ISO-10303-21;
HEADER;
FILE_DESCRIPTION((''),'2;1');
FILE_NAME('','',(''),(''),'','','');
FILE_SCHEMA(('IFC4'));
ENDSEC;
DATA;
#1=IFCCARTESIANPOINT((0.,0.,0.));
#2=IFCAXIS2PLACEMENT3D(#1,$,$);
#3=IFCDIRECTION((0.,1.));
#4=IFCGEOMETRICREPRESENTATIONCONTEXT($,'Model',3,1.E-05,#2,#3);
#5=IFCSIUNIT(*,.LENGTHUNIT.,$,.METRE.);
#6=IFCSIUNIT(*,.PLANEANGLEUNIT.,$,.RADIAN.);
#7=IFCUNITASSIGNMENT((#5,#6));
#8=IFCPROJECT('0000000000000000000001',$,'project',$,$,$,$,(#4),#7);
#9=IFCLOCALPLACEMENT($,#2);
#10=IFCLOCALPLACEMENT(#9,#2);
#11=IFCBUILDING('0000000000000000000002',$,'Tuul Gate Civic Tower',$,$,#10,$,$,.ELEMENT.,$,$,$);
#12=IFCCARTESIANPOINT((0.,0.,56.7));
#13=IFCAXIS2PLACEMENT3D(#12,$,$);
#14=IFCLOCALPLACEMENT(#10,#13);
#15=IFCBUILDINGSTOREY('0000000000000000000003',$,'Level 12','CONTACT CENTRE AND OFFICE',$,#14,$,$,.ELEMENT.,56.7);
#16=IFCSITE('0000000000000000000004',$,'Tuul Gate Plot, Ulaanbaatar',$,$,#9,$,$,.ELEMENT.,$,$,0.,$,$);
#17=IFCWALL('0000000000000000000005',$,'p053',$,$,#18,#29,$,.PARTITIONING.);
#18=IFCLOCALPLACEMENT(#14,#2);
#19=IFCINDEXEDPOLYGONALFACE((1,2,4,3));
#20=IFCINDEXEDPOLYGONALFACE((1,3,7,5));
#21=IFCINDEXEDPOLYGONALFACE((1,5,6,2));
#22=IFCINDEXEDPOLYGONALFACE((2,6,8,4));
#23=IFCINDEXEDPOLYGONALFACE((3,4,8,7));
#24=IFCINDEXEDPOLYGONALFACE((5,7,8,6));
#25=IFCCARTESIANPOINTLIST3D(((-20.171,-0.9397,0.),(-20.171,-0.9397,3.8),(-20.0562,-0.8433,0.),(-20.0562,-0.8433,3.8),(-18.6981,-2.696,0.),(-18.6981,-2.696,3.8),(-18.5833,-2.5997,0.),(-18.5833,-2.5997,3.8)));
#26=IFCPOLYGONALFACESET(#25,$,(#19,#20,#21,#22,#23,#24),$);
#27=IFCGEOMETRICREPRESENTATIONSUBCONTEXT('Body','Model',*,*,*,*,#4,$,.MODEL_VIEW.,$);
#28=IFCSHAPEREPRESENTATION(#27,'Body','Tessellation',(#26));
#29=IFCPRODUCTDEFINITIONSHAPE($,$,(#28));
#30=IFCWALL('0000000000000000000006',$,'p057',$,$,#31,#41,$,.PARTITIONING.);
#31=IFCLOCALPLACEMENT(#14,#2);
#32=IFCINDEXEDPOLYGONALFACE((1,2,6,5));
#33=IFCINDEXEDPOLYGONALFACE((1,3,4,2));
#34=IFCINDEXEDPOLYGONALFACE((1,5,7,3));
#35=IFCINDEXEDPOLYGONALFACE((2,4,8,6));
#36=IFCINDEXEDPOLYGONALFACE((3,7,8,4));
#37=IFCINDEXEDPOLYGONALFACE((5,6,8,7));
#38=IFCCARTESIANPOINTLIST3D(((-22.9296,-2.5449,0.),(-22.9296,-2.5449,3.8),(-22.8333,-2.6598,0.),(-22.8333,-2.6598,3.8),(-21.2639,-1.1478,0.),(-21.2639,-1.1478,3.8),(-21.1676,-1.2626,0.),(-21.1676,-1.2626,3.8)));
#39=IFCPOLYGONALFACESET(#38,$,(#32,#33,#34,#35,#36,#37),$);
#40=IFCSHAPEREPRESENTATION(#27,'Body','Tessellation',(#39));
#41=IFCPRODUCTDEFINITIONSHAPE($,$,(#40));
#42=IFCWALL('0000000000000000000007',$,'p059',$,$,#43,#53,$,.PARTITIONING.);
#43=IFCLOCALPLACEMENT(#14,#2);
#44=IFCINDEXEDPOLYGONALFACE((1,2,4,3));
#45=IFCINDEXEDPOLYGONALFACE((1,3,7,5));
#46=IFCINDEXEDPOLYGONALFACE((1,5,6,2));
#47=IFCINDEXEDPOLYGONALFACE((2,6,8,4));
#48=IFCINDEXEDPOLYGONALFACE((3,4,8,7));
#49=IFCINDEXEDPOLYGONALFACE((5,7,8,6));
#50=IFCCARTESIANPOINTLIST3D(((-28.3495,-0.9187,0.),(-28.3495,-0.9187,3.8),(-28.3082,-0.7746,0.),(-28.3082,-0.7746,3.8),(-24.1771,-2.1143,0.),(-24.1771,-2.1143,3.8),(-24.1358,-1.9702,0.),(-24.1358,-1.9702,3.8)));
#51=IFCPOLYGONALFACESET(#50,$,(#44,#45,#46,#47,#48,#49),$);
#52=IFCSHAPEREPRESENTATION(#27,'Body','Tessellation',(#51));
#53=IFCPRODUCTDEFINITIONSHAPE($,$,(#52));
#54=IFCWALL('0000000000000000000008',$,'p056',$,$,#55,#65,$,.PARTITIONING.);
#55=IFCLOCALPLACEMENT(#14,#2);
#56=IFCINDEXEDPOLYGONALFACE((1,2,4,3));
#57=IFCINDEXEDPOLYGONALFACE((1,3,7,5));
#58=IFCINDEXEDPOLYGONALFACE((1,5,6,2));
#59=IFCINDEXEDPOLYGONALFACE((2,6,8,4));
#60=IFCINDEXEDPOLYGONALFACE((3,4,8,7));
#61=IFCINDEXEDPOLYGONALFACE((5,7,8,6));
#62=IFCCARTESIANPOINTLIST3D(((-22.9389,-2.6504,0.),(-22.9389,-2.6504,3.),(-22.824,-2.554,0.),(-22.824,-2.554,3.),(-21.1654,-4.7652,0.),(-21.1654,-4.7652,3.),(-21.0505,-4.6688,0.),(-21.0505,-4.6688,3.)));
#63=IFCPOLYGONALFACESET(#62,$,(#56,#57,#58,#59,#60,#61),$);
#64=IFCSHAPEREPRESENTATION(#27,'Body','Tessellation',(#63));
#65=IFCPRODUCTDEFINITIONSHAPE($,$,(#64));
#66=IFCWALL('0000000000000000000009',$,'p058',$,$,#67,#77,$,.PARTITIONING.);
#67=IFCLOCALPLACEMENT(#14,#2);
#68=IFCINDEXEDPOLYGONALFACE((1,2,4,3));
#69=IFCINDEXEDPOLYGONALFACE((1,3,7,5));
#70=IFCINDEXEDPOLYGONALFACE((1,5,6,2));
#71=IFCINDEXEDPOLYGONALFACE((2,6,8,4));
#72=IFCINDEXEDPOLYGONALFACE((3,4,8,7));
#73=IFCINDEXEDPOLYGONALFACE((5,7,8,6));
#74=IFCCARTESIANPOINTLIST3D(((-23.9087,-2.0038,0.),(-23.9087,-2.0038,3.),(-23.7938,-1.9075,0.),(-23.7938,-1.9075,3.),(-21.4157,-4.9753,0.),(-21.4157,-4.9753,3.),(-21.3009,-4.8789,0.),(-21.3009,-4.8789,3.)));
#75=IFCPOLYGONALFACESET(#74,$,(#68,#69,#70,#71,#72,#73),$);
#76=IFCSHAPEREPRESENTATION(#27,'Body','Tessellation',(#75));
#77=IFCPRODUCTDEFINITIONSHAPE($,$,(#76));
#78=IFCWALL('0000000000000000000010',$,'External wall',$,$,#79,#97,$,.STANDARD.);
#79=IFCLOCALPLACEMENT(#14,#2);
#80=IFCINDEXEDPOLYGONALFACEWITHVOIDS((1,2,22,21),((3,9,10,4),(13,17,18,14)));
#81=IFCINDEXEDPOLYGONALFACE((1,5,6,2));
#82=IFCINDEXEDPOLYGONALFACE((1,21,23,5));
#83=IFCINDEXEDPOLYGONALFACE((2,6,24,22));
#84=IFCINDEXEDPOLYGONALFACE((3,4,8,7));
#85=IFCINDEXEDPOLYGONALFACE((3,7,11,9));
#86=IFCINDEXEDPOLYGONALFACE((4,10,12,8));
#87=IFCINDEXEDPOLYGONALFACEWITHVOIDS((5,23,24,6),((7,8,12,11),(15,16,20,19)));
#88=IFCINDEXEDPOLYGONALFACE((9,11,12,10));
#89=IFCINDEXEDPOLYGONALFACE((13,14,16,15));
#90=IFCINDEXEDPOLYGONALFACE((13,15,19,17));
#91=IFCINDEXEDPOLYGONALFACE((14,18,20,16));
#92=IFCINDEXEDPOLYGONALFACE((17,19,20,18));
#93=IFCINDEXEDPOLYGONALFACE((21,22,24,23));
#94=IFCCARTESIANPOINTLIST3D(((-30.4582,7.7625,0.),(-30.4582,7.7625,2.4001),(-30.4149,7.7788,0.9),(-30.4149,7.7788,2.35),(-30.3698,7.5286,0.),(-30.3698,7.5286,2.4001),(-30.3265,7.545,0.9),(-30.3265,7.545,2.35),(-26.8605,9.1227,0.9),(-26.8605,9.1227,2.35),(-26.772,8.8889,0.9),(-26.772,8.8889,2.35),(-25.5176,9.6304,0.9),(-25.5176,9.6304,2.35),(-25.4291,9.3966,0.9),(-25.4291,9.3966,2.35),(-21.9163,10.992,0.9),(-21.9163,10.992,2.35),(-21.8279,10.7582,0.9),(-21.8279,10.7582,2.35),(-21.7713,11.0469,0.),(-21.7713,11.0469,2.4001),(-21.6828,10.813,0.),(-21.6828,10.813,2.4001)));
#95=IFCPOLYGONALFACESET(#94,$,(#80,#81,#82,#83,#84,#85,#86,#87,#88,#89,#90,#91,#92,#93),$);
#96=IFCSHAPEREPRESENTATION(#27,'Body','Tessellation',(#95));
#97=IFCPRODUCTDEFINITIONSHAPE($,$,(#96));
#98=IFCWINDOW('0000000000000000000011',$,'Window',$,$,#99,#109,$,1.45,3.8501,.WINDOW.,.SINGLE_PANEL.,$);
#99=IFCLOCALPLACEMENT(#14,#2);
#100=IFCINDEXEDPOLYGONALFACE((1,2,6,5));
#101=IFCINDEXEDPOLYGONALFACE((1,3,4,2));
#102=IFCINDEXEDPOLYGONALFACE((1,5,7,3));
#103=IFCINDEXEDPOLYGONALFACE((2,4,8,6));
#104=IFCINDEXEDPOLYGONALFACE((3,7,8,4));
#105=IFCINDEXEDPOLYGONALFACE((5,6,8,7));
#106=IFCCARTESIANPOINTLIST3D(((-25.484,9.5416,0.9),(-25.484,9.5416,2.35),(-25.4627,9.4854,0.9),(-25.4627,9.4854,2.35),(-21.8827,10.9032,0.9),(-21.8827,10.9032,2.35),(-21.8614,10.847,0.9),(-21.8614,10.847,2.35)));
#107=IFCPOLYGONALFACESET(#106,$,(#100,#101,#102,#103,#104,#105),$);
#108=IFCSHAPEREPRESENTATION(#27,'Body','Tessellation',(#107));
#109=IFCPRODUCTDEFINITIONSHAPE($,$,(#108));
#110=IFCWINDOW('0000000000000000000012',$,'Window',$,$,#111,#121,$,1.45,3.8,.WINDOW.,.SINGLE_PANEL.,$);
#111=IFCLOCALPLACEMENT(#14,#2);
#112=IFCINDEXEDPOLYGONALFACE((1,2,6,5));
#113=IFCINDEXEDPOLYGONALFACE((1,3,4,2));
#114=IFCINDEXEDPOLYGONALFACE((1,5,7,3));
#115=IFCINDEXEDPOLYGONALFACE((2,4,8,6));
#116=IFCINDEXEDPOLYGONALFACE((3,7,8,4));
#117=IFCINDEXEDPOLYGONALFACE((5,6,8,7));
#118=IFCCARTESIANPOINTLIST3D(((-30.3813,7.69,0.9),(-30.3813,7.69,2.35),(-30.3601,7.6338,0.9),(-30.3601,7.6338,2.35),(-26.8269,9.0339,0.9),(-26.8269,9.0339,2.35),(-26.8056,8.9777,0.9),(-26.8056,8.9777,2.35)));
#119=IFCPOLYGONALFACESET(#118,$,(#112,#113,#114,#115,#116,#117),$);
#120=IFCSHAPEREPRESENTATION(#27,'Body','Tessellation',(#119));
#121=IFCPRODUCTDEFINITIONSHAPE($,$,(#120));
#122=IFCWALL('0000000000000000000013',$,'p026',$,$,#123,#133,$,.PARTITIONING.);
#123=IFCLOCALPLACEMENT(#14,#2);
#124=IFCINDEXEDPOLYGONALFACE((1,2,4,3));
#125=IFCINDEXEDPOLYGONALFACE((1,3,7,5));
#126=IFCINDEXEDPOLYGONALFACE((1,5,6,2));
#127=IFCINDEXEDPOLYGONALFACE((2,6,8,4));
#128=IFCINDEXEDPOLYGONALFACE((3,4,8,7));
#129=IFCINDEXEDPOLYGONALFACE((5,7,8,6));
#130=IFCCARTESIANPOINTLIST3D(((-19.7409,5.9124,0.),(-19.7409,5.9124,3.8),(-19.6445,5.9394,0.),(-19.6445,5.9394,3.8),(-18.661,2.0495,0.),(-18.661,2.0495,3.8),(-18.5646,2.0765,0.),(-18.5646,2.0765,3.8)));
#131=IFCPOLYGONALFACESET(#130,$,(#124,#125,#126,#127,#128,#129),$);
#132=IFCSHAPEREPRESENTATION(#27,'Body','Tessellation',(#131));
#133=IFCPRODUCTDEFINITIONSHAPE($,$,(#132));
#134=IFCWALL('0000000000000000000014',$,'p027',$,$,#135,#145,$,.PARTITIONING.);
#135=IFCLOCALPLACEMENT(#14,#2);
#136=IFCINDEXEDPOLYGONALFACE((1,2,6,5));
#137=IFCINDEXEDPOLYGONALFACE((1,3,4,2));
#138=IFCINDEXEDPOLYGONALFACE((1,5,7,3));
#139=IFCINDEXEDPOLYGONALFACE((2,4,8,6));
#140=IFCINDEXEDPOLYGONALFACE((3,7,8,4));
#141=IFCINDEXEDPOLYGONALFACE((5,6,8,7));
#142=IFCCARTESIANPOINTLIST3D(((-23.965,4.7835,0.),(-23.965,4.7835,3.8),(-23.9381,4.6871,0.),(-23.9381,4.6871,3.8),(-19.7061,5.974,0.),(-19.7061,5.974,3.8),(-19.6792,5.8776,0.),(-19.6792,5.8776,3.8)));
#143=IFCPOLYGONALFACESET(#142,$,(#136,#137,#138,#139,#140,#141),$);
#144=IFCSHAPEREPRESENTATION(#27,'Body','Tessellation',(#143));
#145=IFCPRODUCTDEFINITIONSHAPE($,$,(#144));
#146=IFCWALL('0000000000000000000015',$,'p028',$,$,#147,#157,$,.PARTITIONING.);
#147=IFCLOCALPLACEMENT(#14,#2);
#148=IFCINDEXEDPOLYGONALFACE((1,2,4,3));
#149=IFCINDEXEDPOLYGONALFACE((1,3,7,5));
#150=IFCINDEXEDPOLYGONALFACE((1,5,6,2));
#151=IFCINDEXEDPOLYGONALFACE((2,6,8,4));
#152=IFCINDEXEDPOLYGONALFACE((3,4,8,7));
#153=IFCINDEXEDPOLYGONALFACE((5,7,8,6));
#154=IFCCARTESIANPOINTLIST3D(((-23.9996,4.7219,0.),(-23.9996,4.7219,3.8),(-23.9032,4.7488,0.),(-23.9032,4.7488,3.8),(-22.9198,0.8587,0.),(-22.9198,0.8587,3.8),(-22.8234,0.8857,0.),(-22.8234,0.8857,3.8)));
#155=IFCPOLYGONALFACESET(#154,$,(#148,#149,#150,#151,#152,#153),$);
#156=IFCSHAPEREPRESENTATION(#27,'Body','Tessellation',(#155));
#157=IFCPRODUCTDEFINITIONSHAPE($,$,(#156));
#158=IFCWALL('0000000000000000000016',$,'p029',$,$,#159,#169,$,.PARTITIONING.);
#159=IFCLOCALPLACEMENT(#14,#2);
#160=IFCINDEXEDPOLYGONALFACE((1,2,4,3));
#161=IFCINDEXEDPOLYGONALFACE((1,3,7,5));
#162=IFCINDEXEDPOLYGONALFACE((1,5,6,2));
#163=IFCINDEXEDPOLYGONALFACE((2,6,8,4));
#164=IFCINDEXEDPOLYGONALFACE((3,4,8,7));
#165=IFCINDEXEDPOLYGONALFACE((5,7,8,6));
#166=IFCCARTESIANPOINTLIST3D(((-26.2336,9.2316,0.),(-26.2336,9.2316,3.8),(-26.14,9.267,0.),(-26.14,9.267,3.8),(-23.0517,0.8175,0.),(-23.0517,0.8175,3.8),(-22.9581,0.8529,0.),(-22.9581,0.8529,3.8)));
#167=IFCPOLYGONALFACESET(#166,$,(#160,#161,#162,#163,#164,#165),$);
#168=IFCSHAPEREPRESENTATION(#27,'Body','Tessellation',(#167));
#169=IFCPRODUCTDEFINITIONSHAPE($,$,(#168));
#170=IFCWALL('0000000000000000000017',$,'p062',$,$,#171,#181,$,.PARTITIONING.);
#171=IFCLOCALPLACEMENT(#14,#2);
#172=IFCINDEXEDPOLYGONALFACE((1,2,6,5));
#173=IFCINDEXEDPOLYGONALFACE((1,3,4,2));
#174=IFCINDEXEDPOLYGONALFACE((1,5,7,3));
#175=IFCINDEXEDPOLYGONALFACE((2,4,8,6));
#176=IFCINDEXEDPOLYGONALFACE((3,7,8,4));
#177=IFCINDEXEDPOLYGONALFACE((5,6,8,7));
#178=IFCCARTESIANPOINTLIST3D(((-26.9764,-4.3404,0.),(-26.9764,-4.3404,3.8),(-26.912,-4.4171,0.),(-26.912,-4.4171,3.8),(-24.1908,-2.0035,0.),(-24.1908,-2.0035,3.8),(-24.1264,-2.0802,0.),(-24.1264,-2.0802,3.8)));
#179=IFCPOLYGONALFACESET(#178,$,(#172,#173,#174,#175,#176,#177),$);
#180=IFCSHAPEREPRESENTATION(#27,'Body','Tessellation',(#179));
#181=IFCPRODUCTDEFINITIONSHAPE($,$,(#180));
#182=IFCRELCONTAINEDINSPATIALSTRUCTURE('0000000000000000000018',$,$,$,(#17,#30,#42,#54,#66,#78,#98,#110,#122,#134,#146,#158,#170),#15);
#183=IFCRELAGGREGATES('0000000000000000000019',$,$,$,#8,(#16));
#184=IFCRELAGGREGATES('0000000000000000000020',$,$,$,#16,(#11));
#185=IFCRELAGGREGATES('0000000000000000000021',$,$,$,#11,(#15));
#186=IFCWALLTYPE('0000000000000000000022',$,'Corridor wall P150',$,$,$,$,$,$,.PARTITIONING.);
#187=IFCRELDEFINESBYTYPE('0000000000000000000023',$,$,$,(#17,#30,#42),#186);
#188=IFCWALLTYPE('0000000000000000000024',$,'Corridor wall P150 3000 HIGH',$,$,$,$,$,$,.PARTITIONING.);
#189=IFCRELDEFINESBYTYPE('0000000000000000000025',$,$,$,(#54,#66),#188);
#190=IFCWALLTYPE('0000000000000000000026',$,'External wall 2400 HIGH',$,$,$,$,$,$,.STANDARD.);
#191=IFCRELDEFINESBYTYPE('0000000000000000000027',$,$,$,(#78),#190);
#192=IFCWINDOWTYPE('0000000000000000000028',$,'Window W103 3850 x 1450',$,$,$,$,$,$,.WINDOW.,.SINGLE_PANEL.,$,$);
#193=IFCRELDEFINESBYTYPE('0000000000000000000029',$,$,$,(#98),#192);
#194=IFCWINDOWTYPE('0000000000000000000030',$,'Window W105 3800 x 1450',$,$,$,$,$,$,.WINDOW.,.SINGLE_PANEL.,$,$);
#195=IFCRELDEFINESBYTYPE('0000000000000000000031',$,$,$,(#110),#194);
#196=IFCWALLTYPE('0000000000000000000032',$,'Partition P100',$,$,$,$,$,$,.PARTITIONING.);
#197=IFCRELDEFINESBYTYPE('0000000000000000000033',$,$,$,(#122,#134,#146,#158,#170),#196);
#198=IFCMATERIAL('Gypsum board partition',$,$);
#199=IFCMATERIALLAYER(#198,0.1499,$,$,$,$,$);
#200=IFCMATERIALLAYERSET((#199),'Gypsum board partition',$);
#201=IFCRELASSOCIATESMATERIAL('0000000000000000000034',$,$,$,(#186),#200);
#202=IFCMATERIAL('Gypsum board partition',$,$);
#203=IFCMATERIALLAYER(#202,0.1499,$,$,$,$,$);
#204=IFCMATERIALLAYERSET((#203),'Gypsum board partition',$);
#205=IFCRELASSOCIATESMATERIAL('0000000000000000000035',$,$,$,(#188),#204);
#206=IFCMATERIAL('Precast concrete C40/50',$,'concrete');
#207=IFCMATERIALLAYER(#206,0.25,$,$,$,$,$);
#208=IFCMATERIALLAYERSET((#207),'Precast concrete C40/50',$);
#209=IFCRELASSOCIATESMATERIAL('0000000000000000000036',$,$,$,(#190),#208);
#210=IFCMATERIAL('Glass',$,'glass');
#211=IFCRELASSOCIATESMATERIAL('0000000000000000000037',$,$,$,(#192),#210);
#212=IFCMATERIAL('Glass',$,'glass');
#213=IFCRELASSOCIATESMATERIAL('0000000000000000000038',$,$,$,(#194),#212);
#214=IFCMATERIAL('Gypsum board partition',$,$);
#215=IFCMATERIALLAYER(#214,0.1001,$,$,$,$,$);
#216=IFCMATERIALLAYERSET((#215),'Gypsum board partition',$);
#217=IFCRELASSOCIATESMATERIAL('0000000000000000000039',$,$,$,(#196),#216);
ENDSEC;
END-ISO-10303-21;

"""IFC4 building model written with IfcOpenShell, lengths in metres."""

from ifc_helpers import new_model, si_unit, direction, frame, frame_2d, origin, place, context, subcontext, project, spatial, rectangle, extrude, material, layer, layer_set, type_object, element, fill, save


model = new_model("IFC4")

# Units and contexts
model_context = context("Model", 3, precision=1e-05, world=origin(), true_north=direction((0.0, 1.0)))
body_context = subcontext(model_context, "Body", "Model", "MODEL_VIEW")
ifc_project = project(units=[si_unit("LENGTHUNIT", "METRE"), si_unit("PLANEANGLEUNIT", "RADIAN")], contexts=[model_context])

# Site, building, storey
site_placement = place(None, origin())
site = spatial("IfcSite", under=ifc_project, at=site_placement, Name="Tuul Gate Plot, Ulaanbaatar", CompositionType="ELEMENT", RefElevation=0.0)
building_placement = place(site_placement, origin())
building = spatial("IfcBuilding", under=site, at=building_placement, Name="Tuul Gate Civic Tower", CompositionType="ELEMENT")
storey_placement = place(building_placement, frame((0.0, 0.0, 56.7)))
storey = spatial("IfcBuildingStorey", under=building, at=storey_placement, Name="Level 12", Description="CONTACT CENTRE AND OFFICE", CompositionType="ELEMENT", Elevation=56.7)

# Shared definitions
ifc_material_1 = material(Name="Gypsum board partition")
ifc_layer_1 = layer(ifc_material_1, 0.1499)
ifc_layer_set_1 = layer_set([ifc_layer_1], Name="Gypsum board partition")
wall_type_1 = type_object("IfcWallType", Name="Corridor wall P150", PredefinedType="PARTITIONING", material=ifc_layer_set_1)

# Walls
wall_1_placement = place(storey_placement, frame((-20.1135, -0.8916, 0.0), z_axis=(0.0, 0.0, 1.0), x_axis=(0.64257, -0.766227, 0.0)))
element("IfcWall", 1, at=wall_1_placement, inside=storey, type_object=wall_type_1, Name="p053", PredefinedType="PARTITIONING", context=body_context, shape_type="SweptSolid", body=[
    extrude(rectangle(XDim=2.2922, YDim=0.1499, at=frame_2d((1.146, 0.0))), origin(), (0.0, 0.0, 1.0), 3.8),
])
wall_2_placement = place(storey_placement, frame((-22.8813, -2.6023, 0.0), z_axis=(0.0, 0.0, 1.0), x_axis=(0.766165, 0.642644, 0.0)))
element("IfcWall", 2, at=wall_2_placement, inside=storey, type_object=wall_type_1, Name="p057", PredefinedType="PARTITIONING", context=body_context, shape_type="SweptSolid", body=[
    extrude(rectangle(XDim=2.1741, YDim=0.1499, at=frame_2d((1.0869, 0.0))), origin(), (0.0, 0.0, 1.0), 3.8),
])
wall_3_placement = place(storey_placement, frame((-28.3289, -0.8467, 0.0), z_axis=(0.0, 0.0, 1.0), x_axis=(0.961314, -0.275457, 0.0)))
element("IfcWall", 3, at=wall_3_placement, inside=storey, type_object=wall_type_1, Name="p059", PredefinedType="PARTITIONING", context=body_context, shape_type="SweptSolid", body=[
    extrude(rectangle(XDim=4.3403, YDim=0.1499, at=frame_2d((2.1702, 0.0))), origin(), (0.0, 0.0, 1.0), 3.8),
])
ifc_material_2 = material(Name="Gypsum board partition")
ifc_layer_2 = layer(ifc_material_2, 0.1499)
ifc_layer_set_2 = layer_set([ifc_layer_2], Name="Gypsum board partition")
wall_type_2 = type_object("IfcWallType", Name="Corridor wall P150 3000 HIGH", PredefinedType="PARTITIONING", material=ifc_layer_set_2)
wall_4_placement = place(storey_placement, frame((-22.8813, -2.6023, 0.0), z_axis=(0.0, 0.0, 1.0), x_axis=(0.642565, -0.766231, 0.0)))
element("IfcWall", 4, at=wall_4_placement, inside=storey, type_object=wall_type_2, Name="p056", PredefinedType="PARTITIONING", context=body_context, shape_type="SweptSolid", body=[
    extrude(rectangle(XDim=2.76, YDim=0.1499, at=frame_2d((1.3799, 0.0))), origin(), (0.0, 0.0, 1.0), 3.0),
])
wall_5_placement = place(storey_placement, frame((-23.8513, -1.9556, 0.0), z_axis=(0.0, 0.0, 1.0), x_axis=(0.642725, -0.766097, 0.0)))
element("IfcWall", 5, at=wall_5_placement, inside=storey, type_object=wall_type_2, Name="p058", PredefinedType="PARTITIONING", context=body_context, shape_type="SweptSolid", body=[
    extrude(rectangle(XDim=3.8787, YDim=0.1499, at=frame_2d((1.9395, 0.0))), origin(), (0.0, 0.0, 1.0), 3.0),
])

# Wall, openings, windows
ifc_material_3 = material(Name="Precast concrete C40/50", Category="concrete")
ifc_layer_3 = layer(ifc_material_3, 0.25)
ifc_layer_set_3 = layer_set([ifc_layer_3], Name="Precast concrete C40/50")
wall_type_3 = type_object("IfcWallType", Name="External wall 2400 HIGH", PredefinedType="STANDARD", material=ifc_layer_set_3)
wall_6_placement = place(storey_placement, frame((-21.7271, 10.9299, 0.0), z_axis=(0.0, 0.0, 1.0), x_axis=(-0.935377, -0.353652, 0.0)))
wall_6 = element("IfcWall", 6, at=wall_6_placement, inside=storey, type_object=wall_type_3, Name="External wall", PredefinedType="STANDARD", context=body_context, shape_type="SweptSolid", body=[
    extrude(rectangle(XDim=9.2871, YDim=0.25, at=frame_2d((4.6436, 0.0))), origin(), (0.0, 0.0, 1.0), 2.4001),
])
opening_1_placement = place(wall_6_placement, frame((0.155, 0.0, 0.8999)))
opening_1 = element("IfcOpeningElement", 7, at=opening_1_placement, cuts=wall_6, PredefinedType="OPENING", context=body_context, shape_type="SweptSolid", body=[
    extrude(rectangle(XDim=3.8501, YDim=1.45, at=frame_2d((1.925, 0.7251))), frame((0.0, 0.135, 0.0), z_axis=(0.0, -1.0, 0.0), x_axis=(1.0, 0.0, 0.0)), (0.0, 0.0, 1.0), 0.27),
])
opening_2_placement = place(wall_6_placement, frame((5.4409, 0.0, 0.8999)))
opening_2 = element("IfcOpeningElement", 8, at=opening_2_placement, cuts=wall_6, PredefinedType="OPENING", context=body_context, shape_type="SweptSolid", body=[
    extrude(rectangle(XDim=3.8, YDim=1.45, at=frame_2d((1.8999, 0.7251))), frame((0.0, 0.135, 0.0), z_axis=(0.0, -1.0, 0.0), x_axis=(1.0, 0.0, 0.0)), (0.0, 0.0, 1.0), 0.27),
])
ifc_material_4 = material(Name="Glass", Category="glass")
window_type_1 = type_object("IfcWindowType", Name="Window W103 3850 x 1450", PartitioningType="SINGLE_PANEL", PredefinedType="WINDOW", material=ifc_material_4)
window_1_placement = place(opening_1_placement, origin())
window_1 = element("IfcWindow", 9, at=window_1_placement, inside=storey, type_object=window_type_1, Name="Window", OverallHeight=1.45, OverallWidth=3.8501, PartitioningType="SINGLE_PANEL", PredefinedType="WINDOW", context=body_context, shape_type="SweptSolid", body=[
    extrude(rectangle(XDim=3.8501, YDim=1.45, at=frame_2d((1.925, 0.7251))), frame((0.0, 0.03, 0.0), z_axis=(0.0, -1.0, 0.0), x_axis=(1.0, 0.0, 0.0)), (0.0, 0.0, 1.0), 0.0601),
])
fill(opening_1, window_1)
ifc_material_5 = material(Name="Glass", Category="glass")
window_type_2 = type_object("IfcWindowType", Name="Window W105 3800 x 1450", PartitioningType="SINGLE_PANEL", PredefinedType="WINDOW", material=ifc_material_5)
window_2_placement = place(opening_2_placement, origin())
window_2 = element("IfcWindow", 10, at=window_2_placement, inside=storey, type_object=window_type_2, Name="Window", OverallHeight=1.45, OverallWidth=3.8, PartitioningType="SINGLE_PANEL", PredefinedType="WINDOW", context=body_context, shape_type="SweptSolid", body=[
    extrude(rectangle(XDim=3.8, YDim=1.45, at=frame_2d((1.8999, 0.7251))), frame((0.0, 0.03, 0.0), z_axis=(0.0, -1.0, 0.0), x_axis=(1.0, 0.0, 0.0)), (0.0, 0.0, 1.0), 0.0601),
])
fill(opening_2, window_2)

# Walls
ifc_material_6 = material(Name="Gypsum board partition")
ifc_layer_4 = layer(ifc_material_6, 0.1001)
ifc_layer_set_4 = layer_set([ifc_layer_4], Name="Gypsum board partition")
wall_type_4 = type_object("IfcWallType", Name="Partition P100", PredefinedType="PARTITIONING", material=ifc_layer_set_4)
wall_7_placement = place(storey_placement, frame((-19.6926, 5.9258, 0.0), z_axis=(0.0, 0.0, 1.0), x_axis=(0.269226, -0.963077, 0.0)))
element("IfcWall", 11, at=wall_7_placement, inside=storey, type_object=wall_type_4, Name="p026", PredefinedType="PARTITIONING", context=body_context, shape_type="SweptSolid", body=[
    extrude(rectangle(XDim=4.011, YDim=0.1001, at=frame_2d((2.0054, 0.0))), origin(), (0.0, 0.0, 1.0), 3.8),
])
wall_8_placement = place(storey_placement, frame((-23.9514, 4.7354, 0.0), z_axis=(0.0, 0.0, 1.0), x_axis=(0.963083, 0.269204, 0.0)))
element("IfcWall", 12, at=wall_8_placement, inside=storey, type_object=wall_type_4, Name="p027", PredefinedType="PARTITIONING", context=body_context, shape_type="SweptSolid", body=[
    extrude(rectangle(XDim=4.4221, YDim=0.1001, at=frame_2d((2.2109, 0.0))), origin(), (0.0, 0.0, 1.0), 3.8),
])
wall_9_placement = place(storey_placement, frame((-23.9514, 4.7354, 0.0), z_axis=(0.0, 0.0, 1.0), x_axis=(0.26921, -0.963082, 0.0)))
element("IfcWall", 13, at=wall_9_placement, inside=storey, type_object=wall_type_4, Name="p028", PredefinedType="PARTITIONING", context=body_context, shape_type="SweptSolid", body=[
    extrude(rectangle(XDim=4.0112, YDim=0.1001, at=frame_2d((2.0056, 0.0))), origin(), (0.0, 0.0, 1.0), 3.8),
])
wall_10_placement = place(storey_placement, frame((-26.1868, 9.2493, 0.0), z_axis=(0.0, 0.0, 1.0), x_axis=(0.353716, -0.935353, 0.0)))
element("IfcWall", 14, at=wall_10_placement, inside=storey, type_object=wall_type_4, Name="p029", PredefinedType="PARTITIONING", context=body_context, shape_type="SweptSolid", body=[
    extrude(rectangle(XDim=8.9956, YDim=0.1001, at=frame_2d((4.4978, 0.0))), origin(), (0.0, 0.0, 1.0), 3.8),
])
wall_11_placement = place(storey_placement, frame((-26.9441, -4.3787, 0.0), z_axis=(0.0, 0.0, 1.0), x_axis=(0.766115, 0.642704, 0.0)))
element("IfcWall", 15, at=wall_11_placement, inside=storey, type_object=wall_type_4, Name="p062", PredefinedType="PARTITIONING", context=body_context, shape_type="SweptSolid", body=[
    extrude(rectangle(XDim=3.636, YDim=0.1001, at=frame_2d((1.8179, 0.0))), origin(), (0.0, 0.0, 1.0), 3.8),
])

save(model, "model.ifc")
